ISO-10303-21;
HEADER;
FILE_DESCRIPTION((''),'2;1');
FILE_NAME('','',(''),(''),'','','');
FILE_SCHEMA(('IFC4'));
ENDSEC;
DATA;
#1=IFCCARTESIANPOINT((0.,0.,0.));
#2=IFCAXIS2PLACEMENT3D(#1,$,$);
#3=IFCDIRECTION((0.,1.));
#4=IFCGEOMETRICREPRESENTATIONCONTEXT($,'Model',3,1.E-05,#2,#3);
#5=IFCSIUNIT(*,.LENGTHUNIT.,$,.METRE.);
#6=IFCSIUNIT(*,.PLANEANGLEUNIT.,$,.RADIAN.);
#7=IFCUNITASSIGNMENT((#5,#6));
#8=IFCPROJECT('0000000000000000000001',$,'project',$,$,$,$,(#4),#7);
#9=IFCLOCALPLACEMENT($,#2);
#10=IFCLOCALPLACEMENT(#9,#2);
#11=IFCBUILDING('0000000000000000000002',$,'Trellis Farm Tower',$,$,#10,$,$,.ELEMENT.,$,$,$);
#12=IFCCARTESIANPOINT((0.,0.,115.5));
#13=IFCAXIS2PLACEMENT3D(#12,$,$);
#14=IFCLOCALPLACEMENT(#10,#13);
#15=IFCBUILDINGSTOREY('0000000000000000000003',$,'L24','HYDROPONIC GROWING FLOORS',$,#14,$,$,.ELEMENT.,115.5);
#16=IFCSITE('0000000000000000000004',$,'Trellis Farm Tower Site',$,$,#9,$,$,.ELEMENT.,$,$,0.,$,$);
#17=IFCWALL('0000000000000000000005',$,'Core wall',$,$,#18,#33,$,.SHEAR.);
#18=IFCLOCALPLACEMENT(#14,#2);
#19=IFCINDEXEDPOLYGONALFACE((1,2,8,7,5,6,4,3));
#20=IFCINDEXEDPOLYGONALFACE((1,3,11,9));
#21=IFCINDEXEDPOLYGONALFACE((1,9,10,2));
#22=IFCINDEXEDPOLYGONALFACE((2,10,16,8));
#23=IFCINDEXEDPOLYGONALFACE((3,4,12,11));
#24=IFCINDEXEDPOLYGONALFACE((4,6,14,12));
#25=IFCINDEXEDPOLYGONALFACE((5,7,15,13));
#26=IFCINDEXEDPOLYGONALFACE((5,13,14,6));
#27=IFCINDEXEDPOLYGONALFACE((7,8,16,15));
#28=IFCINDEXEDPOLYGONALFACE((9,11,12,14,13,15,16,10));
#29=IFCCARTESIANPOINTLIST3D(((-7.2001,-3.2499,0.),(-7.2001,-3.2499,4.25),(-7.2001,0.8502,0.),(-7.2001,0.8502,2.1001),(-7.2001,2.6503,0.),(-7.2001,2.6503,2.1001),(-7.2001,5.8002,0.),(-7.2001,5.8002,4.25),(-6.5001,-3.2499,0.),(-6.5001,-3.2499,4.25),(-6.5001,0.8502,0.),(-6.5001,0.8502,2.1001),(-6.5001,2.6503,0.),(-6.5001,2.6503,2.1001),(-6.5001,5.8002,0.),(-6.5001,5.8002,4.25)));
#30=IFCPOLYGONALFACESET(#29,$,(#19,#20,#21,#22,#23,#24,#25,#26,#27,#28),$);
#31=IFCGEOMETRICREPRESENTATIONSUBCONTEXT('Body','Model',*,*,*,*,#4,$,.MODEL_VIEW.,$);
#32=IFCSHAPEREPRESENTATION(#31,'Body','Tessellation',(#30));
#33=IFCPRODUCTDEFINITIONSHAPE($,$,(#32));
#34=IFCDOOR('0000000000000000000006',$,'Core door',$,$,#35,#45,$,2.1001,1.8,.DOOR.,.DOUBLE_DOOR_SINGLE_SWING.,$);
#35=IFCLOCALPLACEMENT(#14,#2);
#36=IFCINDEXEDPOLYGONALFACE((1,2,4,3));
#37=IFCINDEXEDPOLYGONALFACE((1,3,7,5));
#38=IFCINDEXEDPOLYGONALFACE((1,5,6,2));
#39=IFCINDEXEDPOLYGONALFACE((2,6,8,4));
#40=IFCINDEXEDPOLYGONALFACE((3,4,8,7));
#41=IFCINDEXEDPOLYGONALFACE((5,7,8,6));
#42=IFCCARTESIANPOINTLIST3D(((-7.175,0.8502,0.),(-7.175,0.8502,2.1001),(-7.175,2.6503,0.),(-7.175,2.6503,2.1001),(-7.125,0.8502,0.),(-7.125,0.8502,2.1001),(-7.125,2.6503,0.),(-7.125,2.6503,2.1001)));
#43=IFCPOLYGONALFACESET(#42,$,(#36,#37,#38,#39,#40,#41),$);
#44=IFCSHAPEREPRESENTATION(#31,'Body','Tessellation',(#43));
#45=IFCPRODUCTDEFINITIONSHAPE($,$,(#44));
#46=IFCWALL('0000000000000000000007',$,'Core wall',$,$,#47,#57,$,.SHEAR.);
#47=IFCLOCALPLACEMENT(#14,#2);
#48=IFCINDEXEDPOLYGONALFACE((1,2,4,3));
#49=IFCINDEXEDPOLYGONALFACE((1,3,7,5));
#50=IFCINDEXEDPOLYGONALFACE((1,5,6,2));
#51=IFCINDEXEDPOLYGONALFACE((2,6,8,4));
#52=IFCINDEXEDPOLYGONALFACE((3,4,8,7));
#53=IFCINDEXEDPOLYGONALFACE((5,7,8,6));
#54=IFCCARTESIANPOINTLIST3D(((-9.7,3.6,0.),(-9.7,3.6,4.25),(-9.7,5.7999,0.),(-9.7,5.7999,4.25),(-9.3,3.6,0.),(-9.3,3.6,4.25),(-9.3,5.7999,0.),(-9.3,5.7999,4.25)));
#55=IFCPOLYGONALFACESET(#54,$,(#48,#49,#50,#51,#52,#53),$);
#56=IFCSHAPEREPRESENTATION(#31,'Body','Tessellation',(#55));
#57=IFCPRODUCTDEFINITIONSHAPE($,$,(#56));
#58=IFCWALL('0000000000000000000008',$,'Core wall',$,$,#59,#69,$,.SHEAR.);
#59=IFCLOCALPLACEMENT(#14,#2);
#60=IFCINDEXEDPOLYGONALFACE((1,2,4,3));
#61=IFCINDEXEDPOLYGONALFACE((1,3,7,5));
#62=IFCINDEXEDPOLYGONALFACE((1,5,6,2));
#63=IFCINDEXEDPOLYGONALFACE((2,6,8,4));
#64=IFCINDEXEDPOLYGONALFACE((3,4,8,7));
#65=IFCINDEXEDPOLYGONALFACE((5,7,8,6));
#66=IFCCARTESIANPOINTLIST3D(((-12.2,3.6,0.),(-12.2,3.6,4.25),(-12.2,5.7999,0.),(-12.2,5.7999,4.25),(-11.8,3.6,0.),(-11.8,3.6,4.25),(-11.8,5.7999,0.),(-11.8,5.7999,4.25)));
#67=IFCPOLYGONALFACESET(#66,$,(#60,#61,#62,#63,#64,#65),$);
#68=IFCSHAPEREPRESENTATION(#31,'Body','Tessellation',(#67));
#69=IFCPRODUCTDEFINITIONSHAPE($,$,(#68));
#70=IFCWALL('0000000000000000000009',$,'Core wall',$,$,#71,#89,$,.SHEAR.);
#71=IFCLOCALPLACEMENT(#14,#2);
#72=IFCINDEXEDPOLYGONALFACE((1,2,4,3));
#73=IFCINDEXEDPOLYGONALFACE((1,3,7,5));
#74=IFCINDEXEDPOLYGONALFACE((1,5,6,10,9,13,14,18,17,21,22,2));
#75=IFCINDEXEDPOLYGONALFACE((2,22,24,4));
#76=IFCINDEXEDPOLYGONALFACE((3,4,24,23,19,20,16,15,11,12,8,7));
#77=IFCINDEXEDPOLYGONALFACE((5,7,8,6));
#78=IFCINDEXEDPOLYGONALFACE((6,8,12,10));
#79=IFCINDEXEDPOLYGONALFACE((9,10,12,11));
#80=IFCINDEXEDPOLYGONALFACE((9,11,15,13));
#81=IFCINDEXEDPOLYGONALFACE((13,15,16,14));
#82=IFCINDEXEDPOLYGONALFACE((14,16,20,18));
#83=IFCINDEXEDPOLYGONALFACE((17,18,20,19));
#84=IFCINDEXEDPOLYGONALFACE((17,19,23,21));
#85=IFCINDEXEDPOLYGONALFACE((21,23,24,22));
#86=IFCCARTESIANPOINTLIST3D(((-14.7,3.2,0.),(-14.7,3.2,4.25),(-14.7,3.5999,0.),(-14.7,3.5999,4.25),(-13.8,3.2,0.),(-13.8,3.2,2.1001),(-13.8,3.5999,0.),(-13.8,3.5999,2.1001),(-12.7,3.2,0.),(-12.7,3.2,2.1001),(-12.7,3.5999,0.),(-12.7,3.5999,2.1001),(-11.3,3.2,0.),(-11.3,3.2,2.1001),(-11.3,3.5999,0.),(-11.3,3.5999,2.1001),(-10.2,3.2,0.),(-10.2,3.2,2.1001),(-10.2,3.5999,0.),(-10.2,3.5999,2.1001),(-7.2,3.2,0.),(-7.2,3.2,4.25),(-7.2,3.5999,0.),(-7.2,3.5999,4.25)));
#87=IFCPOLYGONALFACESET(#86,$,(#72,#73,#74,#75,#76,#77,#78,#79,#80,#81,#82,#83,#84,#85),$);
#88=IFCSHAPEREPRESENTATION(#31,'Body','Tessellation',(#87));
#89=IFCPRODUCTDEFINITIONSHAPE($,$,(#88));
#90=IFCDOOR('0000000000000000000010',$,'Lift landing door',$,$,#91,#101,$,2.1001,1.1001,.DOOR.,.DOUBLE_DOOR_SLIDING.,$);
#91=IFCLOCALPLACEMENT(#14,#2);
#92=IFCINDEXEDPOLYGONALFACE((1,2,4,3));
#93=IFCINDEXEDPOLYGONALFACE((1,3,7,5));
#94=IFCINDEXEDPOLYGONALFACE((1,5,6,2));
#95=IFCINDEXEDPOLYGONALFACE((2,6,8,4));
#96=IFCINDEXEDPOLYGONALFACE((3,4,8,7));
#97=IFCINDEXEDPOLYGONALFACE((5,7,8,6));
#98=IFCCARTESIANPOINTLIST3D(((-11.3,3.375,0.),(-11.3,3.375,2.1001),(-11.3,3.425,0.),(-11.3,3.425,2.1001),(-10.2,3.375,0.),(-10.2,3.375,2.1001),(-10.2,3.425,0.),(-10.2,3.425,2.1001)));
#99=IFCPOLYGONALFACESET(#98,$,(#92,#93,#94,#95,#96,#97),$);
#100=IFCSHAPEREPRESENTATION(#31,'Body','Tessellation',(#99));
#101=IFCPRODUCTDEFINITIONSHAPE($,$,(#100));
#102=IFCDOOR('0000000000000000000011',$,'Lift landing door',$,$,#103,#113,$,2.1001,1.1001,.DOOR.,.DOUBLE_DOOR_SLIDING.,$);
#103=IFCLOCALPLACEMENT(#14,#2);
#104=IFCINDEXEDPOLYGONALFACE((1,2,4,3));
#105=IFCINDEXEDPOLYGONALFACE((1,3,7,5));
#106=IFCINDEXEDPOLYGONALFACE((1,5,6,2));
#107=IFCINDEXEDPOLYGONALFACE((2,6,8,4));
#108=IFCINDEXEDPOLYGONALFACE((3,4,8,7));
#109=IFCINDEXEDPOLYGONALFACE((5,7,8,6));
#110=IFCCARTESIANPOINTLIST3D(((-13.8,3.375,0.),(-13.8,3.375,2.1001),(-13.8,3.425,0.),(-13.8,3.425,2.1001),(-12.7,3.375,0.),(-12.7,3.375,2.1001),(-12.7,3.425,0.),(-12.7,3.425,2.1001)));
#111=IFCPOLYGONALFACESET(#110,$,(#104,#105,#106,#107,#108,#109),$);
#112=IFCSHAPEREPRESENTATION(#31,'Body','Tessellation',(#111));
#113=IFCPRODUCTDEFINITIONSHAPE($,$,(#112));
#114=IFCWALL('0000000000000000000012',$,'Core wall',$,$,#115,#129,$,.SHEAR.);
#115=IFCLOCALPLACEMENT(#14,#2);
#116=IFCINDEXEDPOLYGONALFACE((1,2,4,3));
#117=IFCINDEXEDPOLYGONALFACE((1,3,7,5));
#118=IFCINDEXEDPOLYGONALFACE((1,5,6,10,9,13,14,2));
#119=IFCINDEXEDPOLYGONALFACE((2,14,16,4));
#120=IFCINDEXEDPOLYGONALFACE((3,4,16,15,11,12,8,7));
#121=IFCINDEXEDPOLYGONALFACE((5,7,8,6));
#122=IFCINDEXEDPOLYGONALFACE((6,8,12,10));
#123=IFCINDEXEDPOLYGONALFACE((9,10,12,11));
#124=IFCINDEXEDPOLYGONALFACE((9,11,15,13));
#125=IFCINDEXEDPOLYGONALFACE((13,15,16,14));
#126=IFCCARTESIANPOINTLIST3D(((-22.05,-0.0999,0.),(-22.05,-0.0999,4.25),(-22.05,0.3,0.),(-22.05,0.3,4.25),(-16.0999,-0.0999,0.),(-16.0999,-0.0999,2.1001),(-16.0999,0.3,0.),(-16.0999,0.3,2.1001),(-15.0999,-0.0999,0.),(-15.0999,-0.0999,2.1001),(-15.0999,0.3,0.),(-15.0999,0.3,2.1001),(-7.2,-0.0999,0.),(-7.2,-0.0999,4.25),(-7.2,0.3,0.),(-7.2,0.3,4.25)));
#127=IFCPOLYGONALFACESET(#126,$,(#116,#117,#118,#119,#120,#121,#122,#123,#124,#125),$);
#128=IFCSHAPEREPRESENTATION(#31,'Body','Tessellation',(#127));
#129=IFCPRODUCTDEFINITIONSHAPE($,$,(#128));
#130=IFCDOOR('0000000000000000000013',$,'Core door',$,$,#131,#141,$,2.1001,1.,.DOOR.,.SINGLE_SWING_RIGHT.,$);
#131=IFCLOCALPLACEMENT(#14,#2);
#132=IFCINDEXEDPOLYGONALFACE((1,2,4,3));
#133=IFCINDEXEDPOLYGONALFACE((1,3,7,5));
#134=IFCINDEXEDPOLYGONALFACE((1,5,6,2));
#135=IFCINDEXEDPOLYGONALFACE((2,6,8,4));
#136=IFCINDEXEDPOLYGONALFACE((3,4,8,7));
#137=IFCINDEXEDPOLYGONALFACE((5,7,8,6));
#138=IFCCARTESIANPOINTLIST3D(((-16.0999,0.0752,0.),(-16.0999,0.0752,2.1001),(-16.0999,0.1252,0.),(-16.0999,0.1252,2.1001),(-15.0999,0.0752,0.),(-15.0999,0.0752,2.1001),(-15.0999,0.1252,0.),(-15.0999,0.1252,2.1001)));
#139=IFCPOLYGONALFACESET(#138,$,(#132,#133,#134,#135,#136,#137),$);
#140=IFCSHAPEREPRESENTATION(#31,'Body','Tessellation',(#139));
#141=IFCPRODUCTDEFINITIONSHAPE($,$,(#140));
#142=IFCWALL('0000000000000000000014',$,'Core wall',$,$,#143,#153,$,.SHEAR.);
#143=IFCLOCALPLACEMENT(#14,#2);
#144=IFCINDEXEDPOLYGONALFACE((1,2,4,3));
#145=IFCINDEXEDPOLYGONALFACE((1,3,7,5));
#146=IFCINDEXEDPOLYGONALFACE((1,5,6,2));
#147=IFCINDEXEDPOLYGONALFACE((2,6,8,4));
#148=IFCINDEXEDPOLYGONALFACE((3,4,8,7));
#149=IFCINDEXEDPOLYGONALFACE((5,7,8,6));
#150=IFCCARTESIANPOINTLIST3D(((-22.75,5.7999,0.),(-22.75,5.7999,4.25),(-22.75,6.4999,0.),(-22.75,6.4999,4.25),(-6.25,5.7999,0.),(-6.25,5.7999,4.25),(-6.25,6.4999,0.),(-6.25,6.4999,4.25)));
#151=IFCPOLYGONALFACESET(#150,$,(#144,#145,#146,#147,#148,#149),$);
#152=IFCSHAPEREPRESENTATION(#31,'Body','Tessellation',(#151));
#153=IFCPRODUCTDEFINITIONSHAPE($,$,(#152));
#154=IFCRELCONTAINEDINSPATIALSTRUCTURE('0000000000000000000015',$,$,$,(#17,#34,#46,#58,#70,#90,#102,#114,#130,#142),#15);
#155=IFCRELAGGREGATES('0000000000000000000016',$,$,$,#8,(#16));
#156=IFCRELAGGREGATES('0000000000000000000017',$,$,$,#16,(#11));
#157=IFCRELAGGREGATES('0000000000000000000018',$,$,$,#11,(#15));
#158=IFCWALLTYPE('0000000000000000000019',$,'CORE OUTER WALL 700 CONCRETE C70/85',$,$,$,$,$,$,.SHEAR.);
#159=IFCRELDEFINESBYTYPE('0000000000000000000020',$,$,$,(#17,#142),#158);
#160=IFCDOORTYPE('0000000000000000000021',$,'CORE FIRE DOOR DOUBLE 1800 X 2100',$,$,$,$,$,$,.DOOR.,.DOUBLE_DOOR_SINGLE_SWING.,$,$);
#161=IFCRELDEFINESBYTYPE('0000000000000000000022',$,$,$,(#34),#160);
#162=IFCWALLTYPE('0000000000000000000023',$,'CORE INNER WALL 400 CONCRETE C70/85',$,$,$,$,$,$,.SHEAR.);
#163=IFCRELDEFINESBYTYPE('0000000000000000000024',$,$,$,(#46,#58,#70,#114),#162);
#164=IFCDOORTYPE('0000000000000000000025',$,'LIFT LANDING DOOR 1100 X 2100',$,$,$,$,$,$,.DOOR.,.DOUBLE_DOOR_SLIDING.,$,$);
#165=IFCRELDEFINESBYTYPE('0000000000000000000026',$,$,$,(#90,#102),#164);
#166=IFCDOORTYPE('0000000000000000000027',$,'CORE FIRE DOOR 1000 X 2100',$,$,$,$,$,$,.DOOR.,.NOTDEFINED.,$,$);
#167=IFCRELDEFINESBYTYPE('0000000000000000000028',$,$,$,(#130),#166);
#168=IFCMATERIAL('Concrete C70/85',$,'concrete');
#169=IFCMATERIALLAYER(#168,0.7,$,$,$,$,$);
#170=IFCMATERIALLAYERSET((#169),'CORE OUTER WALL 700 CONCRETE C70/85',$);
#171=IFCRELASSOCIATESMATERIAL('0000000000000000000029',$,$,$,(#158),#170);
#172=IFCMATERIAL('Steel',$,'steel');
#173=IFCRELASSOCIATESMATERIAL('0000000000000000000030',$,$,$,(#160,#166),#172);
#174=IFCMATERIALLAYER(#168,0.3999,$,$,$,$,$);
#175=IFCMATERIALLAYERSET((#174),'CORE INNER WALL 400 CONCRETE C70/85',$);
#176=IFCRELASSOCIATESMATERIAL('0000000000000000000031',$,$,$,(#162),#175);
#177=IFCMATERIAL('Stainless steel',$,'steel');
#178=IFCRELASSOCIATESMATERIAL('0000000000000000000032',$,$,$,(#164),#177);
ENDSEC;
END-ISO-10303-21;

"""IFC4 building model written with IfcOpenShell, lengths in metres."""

from ifc_helpers import new_model, si_unit, direction, frame, frame_2d, origin, place, context, subcontext, project, spatial, rectangle, extrude, source, transform, mapped, material, layer, layer_set, type_object, element, fill, save


model = new_model("IFC4")

# Units and contexts
model_context = context("Model", 3, precision=1e-05, world=origin(), true_north=direction((0.0, 1.0)))
body_context = subcontext(model_context, "Body", "Model", "MODEL_VIEW")
ifc_project = project(units=[si_unit("LENGTHUNIT", "METRE"), si_unit("PLANEANGLEUNIT", "RADIAN")], contexts=[model_context])

# Site, building, storey
site_placement = place(None, origin())
site = spatial("IfcSite", under=ifc_project, at=site_placement, Name="Trellis Farm Tower Site", CompositionType="ELEMENT", RefElevation=0.0)
building_placement = place(site_placement, origin())
building = spatial("IfcBuilding", under=site, at=building_placement, Name="Trellis Farm Tower", CompositionType="ELEMENT")
storey_placement = place(building_placement, frame((0.0, 0.0, 115.5)))
storey = spatial("IfcBuildingStorey", under=building, at=storey_placement, Name="L24", Description="HYDROPONIC GROWING FLOORS", CompositionType="ELEMENT", Elevation=115.5)

# Wall, opening, door
ifc_material_1 = material(Name="Concrete C70/85", Category="concrete")
ifc_layer_1 = layer(ifc_material_1, 0.7)
ifc_layer_set_1 = layer_set([ifc_layer_1], Name="CORE OUTER WALL 700 CONCRETE C70/85")
wall_type_1 = type_object("IfcWallType", Name="CORE OUTER WALL 700 CONCRETE C70/85", PredefinedType="SHEAR", material=ifc_layer_set_1)
shared_shape_1 = source(origin(), body_context, "Body", "SweptSolid", [
    extrude(rectangle(XDim=9.05, YDim=0.7, at=frame_2d((4.5249, 0.0))), origin(), (0.0, 0.0, 1.0), 4.25),
])
wall_1_placement = place(storey_placement, frame((-6.8501, 5.8, 0.0), z_axis=(0.0, 0.0, 1.0), x_axis=(0.0, -1.0, 0.0)))
wall_1 = element("IfcWall", 1, at=wall_1_placement, inside=storey, type_object=wall_type_1, Name="Core wall", PredefinedType="SHEAR", context=body_context, shape_type="MappedRepresentation", body=[
    mapped(shared_shape_1, transform((0.0, 0.0, 0.0))),
])
shared_shape_2 = source(origin(), body_context, "Body", "SweptSolid", [
    extrude(rectangle(XDim=1.8, YDim=2.1001, at=frame_2d((0.8999, 1.05))), frame((0.0, 0.3601, 0.0), z_axis=(0.0, -1.0, 0.0), x_axis=(1.0, 0.0, 0.0)), (0.0, 0.0, 1.0), 0.7202),
])
opening_1_placement = place(wall_1_placement, frame((3.1499, 0.0, 0.0)))
opening_1 = element("IfcOpeningElement", 2, at=opening_1_placement, cuts=wall_1, PredefinedType="OPENING", context=body_context, shape_type="MappedRepresentation", body=[
    mapped(shared_shape_2, transform((0.0, 0.0, 0.0))),
])
ifc_material_2 = material(Name="Steel", Category="steel")
door_type_1 = type_object("IfcDoorType", Name="CORE FIRE DOOR DOUBLE 1800 X 2100", OperationType="DOUBLE_DOOR_SINGLE_SWING", PredefinedType="DOOR", material=ifc_material_2)
shared_shape_3 = source(origin(), body_context, "Body", "SweptSolid", [
    extrude(rectangle(XDim=1.8, YDim=2.1001, at=frame_2d((0.8999, 1.05))), frame((0.0, -0.2749, 0.0), z_axis=(0.0, -1.0, 0.0), x_axis=(1.0, 0.0, 0.0)), (0.0, 0.0, 1.0), 0.05),
])
door_1_placement = place(opening_1_placement, origin())
door_1 = element("IfcDoor", 3, at=door_1_placement, inside=storey, type_object=door_type_1, Name="Core door", OperationType="DOUBLE_DOOR_SINGLE_SWING", OverallHeight=2.1001, OverallWidth=1.8, PredefinedType="DOOR", context=body_context, shape_type="MappedRepresentation", body=[
    mapped(shared_shape_3, transform((0.0, 0.0, 0.0))),
])
fill(opening_1, door_1)

# Walls
ifc_layer_2 = layer(ifc_material_1, 0.3999)
ifc_layer_set_2 = layer_set([ifc_layer_2], Name="CORE INNER WALL 400 CONCRETE C70/85")
wall_type_2 = type_object("IfcWallType", Name="CORE INNER WALL 400 CONCRETE C70/85", PredefinedType="SHEAR", material=ifc_layer_set_2)
shared_shape_4 = source(origin(), body_context, "Body", "SweptSolid", [
    extrude(rectangle(XDim=2.2, YDim=0.3999, at=frame_2d((1.1001, 0.0))), origin(), (0.0, 0.0, 1.0), 4.25),
])
for number, where, z_axis, x_axis, name in (
    (4, (-9.5, 5.8, 0.0), (0.0, 0.0, 1.0), (0.0, -1.0, 0.0), "Core wall"),
    (5, (-12.0, 5.8, 0.0), (0.0, 0.0, 1.0), (0.0, -1.0, 0.0), "Core wall"),
):
    element("IfcWall", number, at=place(storey_placement, frame(where, z_axis=z_axis, x_axis=x_axis)), inside=storey, type_object=wall_type_2, Name=name, PredefinedType="SHEAR", context=body_context, shape_type="MappedRepresentation", body=[
        mapped(shared_shape_4, transform((0.0, 0.0, 0.0))),
    ])

# Wall, openings, doors
shared_shape_5 = source(origin(), body_context, "Body", "SweptSolid", [
    extrude(rectangle(XDim=7.5, YDim=0.3999, at=frame_2d((3.75, 0.0))), origin(), (0.0, 0.0, 1.0), 4.25),
])
wall_2_placement = place(storey_placement, frame((-7.2, 3.3999, 0.0), z_axis=(0.0, 0.0, 1.0), x_axis=(-1.0, 0.0, 0.0)))
wall_2 = element("IfcWall", 6, at=wall_2_placement, inside=storey, type_object=wall_type_2, Name="Core wall", PredefinedType="SHEAR", context=body_context, shape_type="MappedRepresentation", body=[
    mapped(shared_shape_5, transform((0.0, 0.0, 0.0))),
])
shared_shape_6 = source(origin(), body_context, "Body", "SweptSolid", [
    extrude(rectangle(XDim=1.1001, YDim=2.1001, at=frame_2d((0.55, 1.05))), frame((0.0, 0.21, 0.0), z_axis=(0.0, -1.0, 0.0), x_axis=(1.0, 0.0, 0.0)), (0.0, 0.0, 1.0), 0.4199),
])
opening_2_placement = place(wall_2_placement, frame((3.0, 0.0, 0.0)))
opening_2 = element("IfcOpeningElement", 7, at=opening_2_placement, cuts=wall_2, PredefinedType="OPENING", context=body_context, shape_type="MappedRepresentation", body=[
    mapped(shared_shape_6, transform((0.0, 0.0, 0.0))),
])
opening_3_placement = place(wall_2_placement, frame((5.5, 0.0, 0.0)))
opening_3 = element("IfcOpeningElement", 8, at=opening_3_placement, cuts=wall_2, PredefinedType="OPENING", context=body_context, shape_type="MappedRepresentation", body=[
    mapped(shared_shape_6, transform((0.0, 0.0, 0.0))),
])
ifc_material_3 = material(Name="Stainless steel", Category="steel")
door_type_2 = type_object("IfcDoorType", Name="LIFT LANDING DOOR 1100 X 2100", OperationType="DOUBLE_DOOR_SLIDING", PredefinedType="DOOR", material=ifc_material_3)
shared_shape_7 = source(origin(), body_context, "Body", "SweptSolid", [
    extrude(rectangle(XDim=1.1001, YDim=2.1001, at=frame_2d((0.55, 1.05))), frame((0.0, 0.0249, 0.0), z_axis=(0.0, -1.0, 0.0), x_axis=(1.0, 0.0, 0.0)), (0.0, 0.0, 1.0), 0.05),
])
door_2_placement = place(opening_2_placement, origin())
door_2 = element("IfcDoor", 9, at=door_2_placement, inside=storey, type_object=door_type_2, Name="Lift landing door", OperationType="DOUBLE_DOOR_SLIDING", OverallHeight=2.1001, OverallWidth=1.1001, PredefinedType="DOOR", context=body_context, shape_type="MappedRepresentation", body=[
    mapped(shared_shape_7, transform((0.0, 0.0, 0.0))),
])
fill(opening_2, door_2)
door_3_placement = place(opening_3_placement, origin())
door_3 = element("IfcDoor", 10, at=door_3_placement, inside=storey, type_object=door_type_2, Name="Lift landing door", OperationType="DOUBLE_DOOR_SLIDING", OverallHeight=2.1001, OverallWidth=1.1001, PredefinedType="DOOR", context=body_context, shape_type="MappedRepresentation", body=[
    mapped(shared_shape_7, transform((0.0, 0.0, 0.0))),
])
fill(opening_3, door_3)

# Wall, opening, door
shared_shape_8 = source(origin(), body_context, "Body", "SweptSolid", [
    extrude(rectangle(XDim=14.8501, YDim=0.3999, at=frame_2d((7.425, 0.0))), origin(), (0.0, 0.0, 1.0), 4.25),
])
wall_3_placement = place(storey_placement, frame((-7.2, 0.1001, 0.0), z_axis=(0.0, 0.0, 1.0), x_axis=(-1.0, 0.0, 0.0)))
wall_3 = element("IfcWall", 11, at=wall_3_placement, inside=storey, type_object=wall_type_2, Name="Core wall", PredefinedType="SHEAR", context=body_context, shape_type="MappedRepresentation", body=[
    mapped(shared_shape_8, transform((0.0, 0.0, 0.0))),
])
shared_shape_9 = source(origin(), body_context, "Body", "SweptSolid", [
    extrude(rectangle(XDim=1.0, YDim=2.1001, at=frame_2d((0.5, 1.05))), frame((0.0, 0.21, 0.0), z_axis=(0.0, -1.0, 0.0), x_axis=(1.0, 0.0, 0.0)), (0.0, 0.0, 1.0), 0.4199),
])
opening_4_placement = place(wall_3_placement, frame((7.8999, 0.0, 0.0)))
opening_4 = element("IfcOpeningElement", 12, at=opening_4_placement, cuts=wall_3, PredefinedType="OPENING", context=body_context, shape_type="MappedRepresentation", body=[
    mapped(shared_shape_9, transform((0.0, 0.0, 0.0))),
])
door_type_3 = type_object("IfcDoorType", Name="CORE FIRE DOOR 1000 X 2100", OperationType="NOTDEFINED", PredefinedType="DOOR", material=ifc_material_2)
shared_shape_10 = source(origin(), body_context, "Body", "SweptSolid", [
    extrude(rectangle(XDim=1.0, YDim=2.1001, at=frame_2d((0.5, 1.05))), frame((0.0, 0.0249, 0.0), z_axis=(0.0, -1.0, 0.0), x_axis=(1.0, 0.0, 0.0)), (0.0, 0.0, 1.0), 0.05),
])
door_4_placement = place(opening_4_placement, origin())
door_4 = element("IfcDoor", 13, at=door_4_placement, inside=storey, type_object=door_type_3, Name="Core door", OperationType="SINGLE_SWING_RIGHT", OverallHeight=2.1001, OverallWidth=1.0, PredefinedType="DOOR", context=body_context, shape_type="MappedRepresentation", body=[
    mapped(shared_shape_10, transform((0.0, 0.0, 0.0))),
])
fill(opening_4, door_4)

# Wall
shared_shape_11 = source(origin(), body_context, "Body", "SweptSolid", [
    extrude(rectangle(XDim=16.5, YDim=0.7, at=frame_2d((8.25, 0.0))), origin(), (0.0, 0.0, 1.0), 4.25),
])
wall_4_placement = place(storey_placement, frame((-6.25, 6.1499, 0.0), z_axis=(0.0, 0.0, 1.0), x_axis=(-1.0, 0.0, 0.0)))
element("IfcWall", 14, at=wall_4_placement, inside=storey, type_object=wall_type_1, Name="Core wall", PredefinedType="SHEAR", context=body_context, shape_type="MappedRepresentation", body=[
    mapped(shared_shape_11, transform((0.0, 0.0, 0.0))),
])

save(model, "model.ifc")
